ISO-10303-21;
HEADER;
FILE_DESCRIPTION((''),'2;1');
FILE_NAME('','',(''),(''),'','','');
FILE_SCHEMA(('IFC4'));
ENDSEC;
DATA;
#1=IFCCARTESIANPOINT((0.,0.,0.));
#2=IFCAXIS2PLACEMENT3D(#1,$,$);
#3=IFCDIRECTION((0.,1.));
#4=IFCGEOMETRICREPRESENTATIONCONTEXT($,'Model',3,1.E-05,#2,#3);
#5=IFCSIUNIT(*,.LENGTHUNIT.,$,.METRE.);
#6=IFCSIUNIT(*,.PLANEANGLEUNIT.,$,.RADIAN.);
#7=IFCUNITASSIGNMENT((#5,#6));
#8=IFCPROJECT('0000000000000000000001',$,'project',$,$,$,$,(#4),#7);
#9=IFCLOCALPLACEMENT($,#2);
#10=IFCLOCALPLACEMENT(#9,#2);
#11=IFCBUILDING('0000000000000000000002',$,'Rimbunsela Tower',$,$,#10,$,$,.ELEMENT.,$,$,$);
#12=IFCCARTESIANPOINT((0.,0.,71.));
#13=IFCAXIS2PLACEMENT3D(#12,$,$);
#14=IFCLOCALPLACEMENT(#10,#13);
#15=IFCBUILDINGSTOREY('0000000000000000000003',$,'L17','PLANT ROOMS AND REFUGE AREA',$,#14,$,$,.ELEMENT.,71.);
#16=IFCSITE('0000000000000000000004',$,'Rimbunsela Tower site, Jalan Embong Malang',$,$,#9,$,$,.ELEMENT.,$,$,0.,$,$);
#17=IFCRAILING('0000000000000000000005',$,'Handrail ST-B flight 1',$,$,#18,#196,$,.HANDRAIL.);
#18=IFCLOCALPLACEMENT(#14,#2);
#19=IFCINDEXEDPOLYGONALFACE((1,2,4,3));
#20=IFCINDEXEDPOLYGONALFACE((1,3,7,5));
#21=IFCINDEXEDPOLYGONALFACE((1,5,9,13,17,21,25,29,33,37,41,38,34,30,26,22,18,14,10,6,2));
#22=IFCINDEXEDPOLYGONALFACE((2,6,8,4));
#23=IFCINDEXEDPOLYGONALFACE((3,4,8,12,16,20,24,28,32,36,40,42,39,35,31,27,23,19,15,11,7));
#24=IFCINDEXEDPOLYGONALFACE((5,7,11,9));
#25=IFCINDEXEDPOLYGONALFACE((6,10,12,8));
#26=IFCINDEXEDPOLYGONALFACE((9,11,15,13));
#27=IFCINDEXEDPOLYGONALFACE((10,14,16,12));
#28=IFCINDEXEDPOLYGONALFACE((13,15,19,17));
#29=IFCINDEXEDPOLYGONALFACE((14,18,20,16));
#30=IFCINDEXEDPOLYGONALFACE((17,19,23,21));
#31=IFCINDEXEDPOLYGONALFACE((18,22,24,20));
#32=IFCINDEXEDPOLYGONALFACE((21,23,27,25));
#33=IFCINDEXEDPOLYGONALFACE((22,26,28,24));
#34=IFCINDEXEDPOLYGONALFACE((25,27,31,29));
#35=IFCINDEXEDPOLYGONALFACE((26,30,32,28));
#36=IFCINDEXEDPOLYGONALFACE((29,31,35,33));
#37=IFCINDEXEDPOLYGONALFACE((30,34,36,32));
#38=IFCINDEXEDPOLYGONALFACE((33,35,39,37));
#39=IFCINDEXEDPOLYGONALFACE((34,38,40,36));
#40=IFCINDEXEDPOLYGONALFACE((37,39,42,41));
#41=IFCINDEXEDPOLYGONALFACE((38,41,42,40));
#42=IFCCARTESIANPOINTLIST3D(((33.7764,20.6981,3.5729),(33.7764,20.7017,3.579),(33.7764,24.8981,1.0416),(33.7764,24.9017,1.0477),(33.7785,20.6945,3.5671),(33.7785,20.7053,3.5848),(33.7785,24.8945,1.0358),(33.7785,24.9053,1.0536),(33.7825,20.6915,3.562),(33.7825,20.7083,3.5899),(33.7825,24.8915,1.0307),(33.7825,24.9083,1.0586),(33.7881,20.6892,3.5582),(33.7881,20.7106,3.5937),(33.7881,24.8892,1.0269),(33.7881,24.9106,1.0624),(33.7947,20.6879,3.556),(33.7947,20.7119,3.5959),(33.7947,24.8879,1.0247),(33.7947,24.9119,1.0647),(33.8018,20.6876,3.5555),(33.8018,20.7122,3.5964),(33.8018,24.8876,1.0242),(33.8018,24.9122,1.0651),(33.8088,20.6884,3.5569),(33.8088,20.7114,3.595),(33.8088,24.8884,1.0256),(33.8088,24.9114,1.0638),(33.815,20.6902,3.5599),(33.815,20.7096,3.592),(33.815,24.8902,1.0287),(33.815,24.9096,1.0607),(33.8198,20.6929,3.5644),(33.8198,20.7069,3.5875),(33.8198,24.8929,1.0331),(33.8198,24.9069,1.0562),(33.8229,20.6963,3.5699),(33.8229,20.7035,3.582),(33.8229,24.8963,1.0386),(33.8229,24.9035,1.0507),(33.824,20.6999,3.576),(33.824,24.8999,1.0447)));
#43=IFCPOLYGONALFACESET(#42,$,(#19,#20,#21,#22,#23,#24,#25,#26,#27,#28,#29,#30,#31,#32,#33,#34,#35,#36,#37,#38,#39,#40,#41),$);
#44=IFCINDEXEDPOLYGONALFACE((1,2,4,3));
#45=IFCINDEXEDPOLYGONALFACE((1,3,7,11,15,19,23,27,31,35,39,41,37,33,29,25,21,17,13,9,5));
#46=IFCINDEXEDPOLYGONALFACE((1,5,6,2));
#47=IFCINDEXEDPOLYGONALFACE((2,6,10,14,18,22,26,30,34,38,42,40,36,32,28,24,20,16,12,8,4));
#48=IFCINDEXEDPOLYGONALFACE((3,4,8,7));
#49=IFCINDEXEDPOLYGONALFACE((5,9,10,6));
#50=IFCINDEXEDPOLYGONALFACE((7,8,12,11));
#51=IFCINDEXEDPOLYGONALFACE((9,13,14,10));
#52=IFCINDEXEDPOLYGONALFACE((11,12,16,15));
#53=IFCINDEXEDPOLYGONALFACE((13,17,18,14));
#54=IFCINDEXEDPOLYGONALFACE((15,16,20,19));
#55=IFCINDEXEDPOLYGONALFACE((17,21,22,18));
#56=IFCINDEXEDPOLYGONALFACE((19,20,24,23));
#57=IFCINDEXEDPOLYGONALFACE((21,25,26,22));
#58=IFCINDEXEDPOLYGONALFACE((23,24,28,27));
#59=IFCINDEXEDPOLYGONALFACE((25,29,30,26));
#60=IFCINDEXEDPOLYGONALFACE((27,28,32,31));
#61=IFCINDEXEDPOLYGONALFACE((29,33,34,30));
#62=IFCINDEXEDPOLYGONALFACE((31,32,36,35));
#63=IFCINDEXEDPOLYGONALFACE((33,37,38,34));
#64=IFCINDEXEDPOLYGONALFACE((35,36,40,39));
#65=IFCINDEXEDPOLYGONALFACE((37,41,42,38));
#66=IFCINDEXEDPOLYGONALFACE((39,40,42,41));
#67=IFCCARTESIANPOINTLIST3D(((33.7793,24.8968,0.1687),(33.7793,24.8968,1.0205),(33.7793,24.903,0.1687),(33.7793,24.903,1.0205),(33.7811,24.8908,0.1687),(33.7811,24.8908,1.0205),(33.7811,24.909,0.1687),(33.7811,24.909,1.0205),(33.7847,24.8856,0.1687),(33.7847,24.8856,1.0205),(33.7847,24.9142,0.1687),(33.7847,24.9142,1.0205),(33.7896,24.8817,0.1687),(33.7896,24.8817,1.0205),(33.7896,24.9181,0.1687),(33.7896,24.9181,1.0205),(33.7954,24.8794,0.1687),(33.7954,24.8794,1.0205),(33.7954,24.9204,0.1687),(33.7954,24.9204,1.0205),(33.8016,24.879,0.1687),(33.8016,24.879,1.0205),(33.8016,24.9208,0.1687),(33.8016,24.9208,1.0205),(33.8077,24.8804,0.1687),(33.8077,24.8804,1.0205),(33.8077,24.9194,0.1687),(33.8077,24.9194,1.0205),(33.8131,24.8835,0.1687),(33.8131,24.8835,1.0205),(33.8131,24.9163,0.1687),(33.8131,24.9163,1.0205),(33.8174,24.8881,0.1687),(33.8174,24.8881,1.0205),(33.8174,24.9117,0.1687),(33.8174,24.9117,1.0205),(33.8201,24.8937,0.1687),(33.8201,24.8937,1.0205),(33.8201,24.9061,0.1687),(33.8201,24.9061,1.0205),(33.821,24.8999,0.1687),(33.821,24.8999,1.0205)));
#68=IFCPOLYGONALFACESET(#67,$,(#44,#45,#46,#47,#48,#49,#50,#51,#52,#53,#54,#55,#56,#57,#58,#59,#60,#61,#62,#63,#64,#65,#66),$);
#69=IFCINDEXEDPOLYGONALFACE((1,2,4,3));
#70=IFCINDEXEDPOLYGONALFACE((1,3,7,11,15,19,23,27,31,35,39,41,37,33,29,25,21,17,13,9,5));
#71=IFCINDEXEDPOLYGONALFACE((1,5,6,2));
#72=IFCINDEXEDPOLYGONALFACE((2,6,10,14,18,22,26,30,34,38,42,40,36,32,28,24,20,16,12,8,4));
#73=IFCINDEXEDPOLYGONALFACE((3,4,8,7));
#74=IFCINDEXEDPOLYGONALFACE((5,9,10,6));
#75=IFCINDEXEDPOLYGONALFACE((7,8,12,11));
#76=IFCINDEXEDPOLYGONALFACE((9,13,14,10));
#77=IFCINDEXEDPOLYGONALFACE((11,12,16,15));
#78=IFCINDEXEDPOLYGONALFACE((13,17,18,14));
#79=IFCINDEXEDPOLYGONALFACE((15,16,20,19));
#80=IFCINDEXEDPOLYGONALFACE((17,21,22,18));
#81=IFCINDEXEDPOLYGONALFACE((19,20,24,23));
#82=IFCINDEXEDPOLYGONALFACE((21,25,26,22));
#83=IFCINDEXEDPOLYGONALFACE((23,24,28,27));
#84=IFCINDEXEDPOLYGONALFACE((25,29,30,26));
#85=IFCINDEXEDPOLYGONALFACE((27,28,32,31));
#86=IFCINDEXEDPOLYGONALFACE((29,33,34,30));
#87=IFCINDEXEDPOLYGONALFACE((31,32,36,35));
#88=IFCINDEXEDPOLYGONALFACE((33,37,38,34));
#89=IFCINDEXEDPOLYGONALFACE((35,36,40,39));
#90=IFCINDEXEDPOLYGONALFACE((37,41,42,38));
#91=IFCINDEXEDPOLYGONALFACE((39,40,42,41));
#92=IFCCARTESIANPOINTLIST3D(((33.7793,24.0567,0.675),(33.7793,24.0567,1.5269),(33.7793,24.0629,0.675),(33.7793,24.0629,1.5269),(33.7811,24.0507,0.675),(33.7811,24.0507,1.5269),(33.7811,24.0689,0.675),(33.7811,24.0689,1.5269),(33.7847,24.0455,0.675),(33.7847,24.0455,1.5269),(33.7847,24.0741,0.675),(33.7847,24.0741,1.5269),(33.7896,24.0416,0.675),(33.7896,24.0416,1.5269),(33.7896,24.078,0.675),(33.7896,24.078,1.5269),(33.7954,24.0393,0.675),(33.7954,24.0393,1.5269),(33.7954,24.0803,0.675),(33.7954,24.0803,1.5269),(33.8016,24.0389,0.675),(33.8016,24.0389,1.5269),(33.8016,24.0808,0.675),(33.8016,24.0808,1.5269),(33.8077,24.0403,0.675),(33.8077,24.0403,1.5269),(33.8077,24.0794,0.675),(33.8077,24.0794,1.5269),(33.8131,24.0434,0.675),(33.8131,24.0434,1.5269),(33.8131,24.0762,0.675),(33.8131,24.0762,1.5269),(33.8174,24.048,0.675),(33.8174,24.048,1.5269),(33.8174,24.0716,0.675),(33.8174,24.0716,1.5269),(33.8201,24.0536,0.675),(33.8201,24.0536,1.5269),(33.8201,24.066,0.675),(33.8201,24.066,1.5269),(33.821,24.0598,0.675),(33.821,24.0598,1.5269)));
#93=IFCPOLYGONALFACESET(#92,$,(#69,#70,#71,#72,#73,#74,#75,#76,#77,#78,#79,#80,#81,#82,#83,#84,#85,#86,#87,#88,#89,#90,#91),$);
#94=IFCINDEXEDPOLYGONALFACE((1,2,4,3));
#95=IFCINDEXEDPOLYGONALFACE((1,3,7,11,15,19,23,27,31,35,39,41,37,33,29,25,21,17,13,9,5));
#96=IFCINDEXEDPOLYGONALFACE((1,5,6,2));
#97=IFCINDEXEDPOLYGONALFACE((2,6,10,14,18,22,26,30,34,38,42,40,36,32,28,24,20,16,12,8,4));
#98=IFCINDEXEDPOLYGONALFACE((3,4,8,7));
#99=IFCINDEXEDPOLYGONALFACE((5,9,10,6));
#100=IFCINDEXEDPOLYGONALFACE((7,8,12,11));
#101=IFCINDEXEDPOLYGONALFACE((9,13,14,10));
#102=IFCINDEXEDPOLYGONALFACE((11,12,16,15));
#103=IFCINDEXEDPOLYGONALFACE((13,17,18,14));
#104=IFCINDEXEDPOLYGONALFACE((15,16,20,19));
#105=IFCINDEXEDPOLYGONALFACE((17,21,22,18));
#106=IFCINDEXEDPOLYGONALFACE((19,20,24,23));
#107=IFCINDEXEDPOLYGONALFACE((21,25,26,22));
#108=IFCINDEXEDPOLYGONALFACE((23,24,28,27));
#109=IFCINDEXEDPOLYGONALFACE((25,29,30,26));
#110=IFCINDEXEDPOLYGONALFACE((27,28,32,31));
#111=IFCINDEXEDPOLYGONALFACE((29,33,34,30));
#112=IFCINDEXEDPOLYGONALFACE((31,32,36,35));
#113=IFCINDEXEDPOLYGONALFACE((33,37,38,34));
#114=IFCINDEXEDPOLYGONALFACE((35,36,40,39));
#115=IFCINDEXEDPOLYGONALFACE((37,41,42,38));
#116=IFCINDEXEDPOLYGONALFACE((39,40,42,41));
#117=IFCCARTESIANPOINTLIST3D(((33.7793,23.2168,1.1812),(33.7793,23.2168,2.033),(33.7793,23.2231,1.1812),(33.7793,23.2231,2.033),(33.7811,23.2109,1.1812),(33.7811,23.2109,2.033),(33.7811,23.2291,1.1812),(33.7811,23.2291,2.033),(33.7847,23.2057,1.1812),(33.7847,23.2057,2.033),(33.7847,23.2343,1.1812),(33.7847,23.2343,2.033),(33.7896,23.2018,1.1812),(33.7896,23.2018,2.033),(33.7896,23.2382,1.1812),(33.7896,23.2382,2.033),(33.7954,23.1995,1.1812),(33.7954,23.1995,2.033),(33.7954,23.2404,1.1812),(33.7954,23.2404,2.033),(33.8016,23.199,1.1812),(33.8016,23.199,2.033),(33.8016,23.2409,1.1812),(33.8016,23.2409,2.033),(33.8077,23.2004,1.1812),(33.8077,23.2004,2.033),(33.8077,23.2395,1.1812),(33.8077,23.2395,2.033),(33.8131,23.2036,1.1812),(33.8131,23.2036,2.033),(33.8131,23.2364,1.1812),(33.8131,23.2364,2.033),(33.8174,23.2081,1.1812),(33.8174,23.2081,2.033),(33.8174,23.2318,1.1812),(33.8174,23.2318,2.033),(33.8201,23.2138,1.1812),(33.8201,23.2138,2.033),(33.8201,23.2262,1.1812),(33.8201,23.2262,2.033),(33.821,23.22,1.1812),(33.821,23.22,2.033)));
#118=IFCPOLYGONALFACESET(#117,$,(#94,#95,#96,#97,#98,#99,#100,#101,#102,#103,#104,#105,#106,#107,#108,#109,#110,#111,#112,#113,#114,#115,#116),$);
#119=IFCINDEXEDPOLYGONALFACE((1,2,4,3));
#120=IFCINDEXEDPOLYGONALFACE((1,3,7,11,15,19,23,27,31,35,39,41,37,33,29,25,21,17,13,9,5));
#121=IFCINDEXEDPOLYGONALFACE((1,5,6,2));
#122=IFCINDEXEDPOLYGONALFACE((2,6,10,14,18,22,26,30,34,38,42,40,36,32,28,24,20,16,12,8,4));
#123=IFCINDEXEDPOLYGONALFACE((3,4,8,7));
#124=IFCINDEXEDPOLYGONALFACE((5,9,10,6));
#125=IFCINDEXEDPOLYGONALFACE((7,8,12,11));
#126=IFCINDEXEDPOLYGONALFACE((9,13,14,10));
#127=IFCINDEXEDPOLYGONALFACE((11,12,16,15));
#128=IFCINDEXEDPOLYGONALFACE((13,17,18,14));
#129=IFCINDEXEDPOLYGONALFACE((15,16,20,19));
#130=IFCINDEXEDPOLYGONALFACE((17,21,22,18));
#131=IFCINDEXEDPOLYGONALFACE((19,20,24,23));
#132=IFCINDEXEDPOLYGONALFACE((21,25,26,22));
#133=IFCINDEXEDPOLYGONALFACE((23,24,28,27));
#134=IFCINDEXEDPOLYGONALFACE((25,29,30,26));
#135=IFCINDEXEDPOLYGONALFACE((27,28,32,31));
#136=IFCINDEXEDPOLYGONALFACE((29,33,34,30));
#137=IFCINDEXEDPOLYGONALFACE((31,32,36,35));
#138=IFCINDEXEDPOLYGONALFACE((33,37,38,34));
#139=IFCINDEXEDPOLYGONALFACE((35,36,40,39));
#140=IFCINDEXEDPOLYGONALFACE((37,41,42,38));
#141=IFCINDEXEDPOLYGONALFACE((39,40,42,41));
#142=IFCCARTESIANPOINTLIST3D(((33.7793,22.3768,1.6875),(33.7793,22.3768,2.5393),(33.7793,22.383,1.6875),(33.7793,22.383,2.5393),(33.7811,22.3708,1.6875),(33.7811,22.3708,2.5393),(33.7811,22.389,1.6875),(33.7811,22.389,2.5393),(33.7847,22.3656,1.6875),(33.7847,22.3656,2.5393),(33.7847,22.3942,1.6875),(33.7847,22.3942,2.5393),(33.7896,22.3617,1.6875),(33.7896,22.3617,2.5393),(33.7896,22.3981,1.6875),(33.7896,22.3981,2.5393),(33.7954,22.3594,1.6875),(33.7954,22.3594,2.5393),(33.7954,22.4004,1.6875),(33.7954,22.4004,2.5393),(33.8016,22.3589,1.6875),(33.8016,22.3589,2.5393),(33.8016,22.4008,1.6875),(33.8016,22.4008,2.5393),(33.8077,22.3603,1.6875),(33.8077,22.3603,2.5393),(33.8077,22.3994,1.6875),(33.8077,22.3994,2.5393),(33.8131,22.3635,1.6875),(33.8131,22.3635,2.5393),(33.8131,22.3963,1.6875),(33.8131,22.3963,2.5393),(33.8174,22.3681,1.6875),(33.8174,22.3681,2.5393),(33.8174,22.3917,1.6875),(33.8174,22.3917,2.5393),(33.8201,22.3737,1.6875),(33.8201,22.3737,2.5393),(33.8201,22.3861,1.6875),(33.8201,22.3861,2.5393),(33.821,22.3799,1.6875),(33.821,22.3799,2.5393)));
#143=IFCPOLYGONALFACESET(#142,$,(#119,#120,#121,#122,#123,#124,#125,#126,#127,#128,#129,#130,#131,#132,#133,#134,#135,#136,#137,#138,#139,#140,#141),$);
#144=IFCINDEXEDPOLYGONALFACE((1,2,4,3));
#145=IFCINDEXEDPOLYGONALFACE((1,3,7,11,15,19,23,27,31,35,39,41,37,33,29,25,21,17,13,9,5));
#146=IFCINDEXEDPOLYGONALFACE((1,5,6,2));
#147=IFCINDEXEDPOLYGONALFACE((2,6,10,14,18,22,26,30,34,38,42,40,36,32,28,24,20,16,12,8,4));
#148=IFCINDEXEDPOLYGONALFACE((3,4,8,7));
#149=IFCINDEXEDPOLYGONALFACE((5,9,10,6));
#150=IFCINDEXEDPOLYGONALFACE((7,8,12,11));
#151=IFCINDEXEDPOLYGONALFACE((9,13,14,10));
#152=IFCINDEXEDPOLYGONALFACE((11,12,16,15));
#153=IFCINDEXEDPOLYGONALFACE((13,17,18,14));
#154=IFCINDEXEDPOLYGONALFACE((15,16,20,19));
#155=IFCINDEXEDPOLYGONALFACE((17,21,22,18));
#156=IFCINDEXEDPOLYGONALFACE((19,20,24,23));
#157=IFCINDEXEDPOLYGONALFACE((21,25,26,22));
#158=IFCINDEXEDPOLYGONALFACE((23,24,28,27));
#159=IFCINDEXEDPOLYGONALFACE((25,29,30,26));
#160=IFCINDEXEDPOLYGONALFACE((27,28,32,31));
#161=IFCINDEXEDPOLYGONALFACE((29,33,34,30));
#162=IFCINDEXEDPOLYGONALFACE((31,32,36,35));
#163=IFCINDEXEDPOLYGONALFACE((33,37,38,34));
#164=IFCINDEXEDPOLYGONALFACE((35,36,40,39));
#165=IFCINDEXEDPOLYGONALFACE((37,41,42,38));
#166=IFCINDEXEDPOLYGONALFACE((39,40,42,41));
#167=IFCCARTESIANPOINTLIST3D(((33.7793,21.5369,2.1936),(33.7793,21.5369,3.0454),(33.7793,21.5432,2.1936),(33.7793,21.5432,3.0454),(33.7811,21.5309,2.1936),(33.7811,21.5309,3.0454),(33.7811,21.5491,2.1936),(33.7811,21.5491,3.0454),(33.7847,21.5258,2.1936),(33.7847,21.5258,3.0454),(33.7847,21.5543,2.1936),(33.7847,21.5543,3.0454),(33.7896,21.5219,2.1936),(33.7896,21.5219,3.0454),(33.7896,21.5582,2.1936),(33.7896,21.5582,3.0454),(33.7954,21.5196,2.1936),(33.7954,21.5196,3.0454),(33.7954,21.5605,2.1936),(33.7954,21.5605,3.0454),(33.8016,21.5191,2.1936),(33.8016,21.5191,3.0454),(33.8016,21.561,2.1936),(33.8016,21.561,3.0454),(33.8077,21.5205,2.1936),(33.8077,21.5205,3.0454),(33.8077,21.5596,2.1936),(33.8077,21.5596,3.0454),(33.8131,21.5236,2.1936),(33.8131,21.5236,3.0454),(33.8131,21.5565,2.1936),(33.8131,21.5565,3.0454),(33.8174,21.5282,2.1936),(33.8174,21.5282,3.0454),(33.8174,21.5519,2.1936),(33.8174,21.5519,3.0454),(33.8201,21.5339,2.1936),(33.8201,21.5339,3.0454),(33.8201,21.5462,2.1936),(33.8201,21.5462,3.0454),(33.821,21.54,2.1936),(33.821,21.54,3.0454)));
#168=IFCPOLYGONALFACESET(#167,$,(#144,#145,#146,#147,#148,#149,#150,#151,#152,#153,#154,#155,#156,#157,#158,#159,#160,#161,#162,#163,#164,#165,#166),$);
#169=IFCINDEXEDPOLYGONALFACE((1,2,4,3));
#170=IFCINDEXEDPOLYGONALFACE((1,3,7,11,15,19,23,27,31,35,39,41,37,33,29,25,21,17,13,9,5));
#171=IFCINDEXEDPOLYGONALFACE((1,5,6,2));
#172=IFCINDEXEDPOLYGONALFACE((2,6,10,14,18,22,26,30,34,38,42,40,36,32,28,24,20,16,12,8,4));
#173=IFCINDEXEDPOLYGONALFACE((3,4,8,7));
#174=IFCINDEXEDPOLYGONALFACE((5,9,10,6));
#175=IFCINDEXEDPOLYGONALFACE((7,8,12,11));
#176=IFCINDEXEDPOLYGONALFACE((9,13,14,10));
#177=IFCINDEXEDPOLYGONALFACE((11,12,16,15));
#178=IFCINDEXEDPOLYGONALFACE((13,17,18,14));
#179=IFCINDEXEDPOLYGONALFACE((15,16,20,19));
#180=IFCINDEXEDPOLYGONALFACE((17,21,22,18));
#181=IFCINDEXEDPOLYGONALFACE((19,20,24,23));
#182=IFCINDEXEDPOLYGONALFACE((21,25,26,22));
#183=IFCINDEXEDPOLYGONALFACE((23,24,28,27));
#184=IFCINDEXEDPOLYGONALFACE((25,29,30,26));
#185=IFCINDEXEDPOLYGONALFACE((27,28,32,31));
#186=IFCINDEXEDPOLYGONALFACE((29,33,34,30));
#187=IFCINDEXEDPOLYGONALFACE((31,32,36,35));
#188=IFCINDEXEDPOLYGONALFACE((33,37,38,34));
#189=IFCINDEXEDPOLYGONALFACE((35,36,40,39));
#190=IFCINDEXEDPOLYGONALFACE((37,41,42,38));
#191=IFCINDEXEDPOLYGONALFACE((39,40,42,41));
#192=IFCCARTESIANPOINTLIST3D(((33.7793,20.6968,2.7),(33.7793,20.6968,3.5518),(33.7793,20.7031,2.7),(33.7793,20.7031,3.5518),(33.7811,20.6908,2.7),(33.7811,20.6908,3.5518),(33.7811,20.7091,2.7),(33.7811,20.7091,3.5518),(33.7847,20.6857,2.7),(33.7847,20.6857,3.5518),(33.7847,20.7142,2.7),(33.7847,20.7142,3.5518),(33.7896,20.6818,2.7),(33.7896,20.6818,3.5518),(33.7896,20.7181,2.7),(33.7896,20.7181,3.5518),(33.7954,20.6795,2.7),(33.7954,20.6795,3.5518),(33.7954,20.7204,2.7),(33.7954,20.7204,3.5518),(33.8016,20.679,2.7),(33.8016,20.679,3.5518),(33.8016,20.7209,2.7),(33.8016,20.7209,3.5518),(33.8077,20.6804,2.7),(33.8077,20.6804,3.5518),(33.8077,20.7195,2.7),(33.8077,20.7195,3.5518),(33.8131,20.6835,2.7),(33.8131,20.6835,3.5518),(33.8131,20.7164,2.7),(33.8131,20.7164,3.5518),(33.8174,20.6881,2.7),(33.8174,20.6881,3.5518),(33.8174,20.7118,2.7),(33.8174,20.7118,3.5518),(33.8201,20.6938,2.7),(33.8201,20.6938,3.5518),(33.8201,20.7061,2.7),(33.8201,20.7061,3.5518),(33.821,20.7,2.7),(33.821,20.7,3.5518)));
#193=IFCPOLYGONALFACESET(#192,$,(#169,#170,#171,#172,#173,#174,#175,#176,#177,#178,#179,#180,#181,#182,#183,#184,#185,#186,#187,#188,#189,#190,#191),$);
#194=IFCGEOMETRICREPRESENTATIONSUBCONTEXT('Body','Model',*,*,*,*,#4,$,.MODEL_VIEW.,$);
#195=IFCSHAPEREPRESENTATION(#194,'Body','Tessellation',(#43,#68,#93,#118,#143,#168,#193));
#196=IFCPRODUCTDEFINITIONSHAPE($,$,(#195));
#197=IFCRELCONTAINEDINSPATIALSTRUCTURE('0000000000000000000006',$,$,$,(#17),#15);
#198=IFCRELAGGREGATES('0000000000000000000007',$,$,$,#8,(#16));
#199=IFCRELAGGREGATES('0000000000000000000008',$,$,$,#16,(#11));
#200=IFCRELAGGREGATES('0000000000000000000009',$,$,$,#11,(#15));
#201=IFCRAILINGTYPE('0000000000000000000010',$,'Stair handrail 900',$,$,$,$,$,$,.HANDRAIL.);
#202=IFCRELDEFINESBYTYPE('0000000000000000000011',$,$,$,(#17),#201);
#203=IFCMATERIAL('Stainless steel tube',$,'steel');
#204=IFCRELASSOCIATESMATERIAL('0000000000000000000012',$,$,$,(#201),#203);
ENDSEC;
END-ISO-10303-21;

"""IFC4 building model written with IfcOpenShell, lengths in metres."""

from ifc_helpers import new_model, si_unit, direction, frame, origin, origin_2d, place, context, subcontext, project, spatial, circle, extrude, material, type_object, element, save


model = new_model("IFC4")

# Units and contexts
model_context = context("Model", 3, precision=1e-05, world=origin(), true_north=direction((0.0, 1.0)))
body_context = subcontext(model_context, "Body", "Model", "MODEL_VIEW")
ifc_project = project(units=[si_unit("LENGTHUNIT", "METRE"), si_unit("PLANEANGLEUNIT", "RADIAN")], contexts=[model_context])

# Site, building, storey
site_placement = place(None, origin())
site = spatial("IfcSite", under=ifc_project, at=site_placement, Name="Rimbunsela Tower site, Jalan Embong Malang", CompositionType="ELEMENT", RefElevation=0.0)
building_placement = place(site_placement, origin())
building = spatial("IfcBuilding", under=site, at=building_placement, Name="Rimbunsela Tower", CompositionType="ELEMENT")
storey_placement = place(building_placement, frame((0.0, 0.0, 71.0)))
storey = spatial("IfcBuildingStorey", under=building, at=storey_placement, Name="L17", Description="PLANT ROOMS AND REFUGE AREA", CompositionType="ELEMENT", Elevation=71.0)

# Railing
ifc_material_1 = material(Name="Stainless steel tube", Category="steel")
railing_type = type_object("IfcRailingType", Name="Stair handrail 900", PredefinedType="HANDRAIL", material=ifc_material_1)
railing_1_placement = place(storey_placement, frame((33.8, 24.8999, 0.1687)))
element("IfcRailing", 1, at=railing_1_placement, inside=storey, type_object=railing_type, Name="Handrail ST-B flight 1", PredefinedType="HANDRAIL", context=body_context, shape_type="SweptSolid", body=[
    extrude(circle(Radius=0.0239, at=origin_2d()), frame((0.0, 0.0, 0.876), z_axis=(0.0, -0.856476, 0.516186), x_axis=(1.0, 0.0, 0.0)), (0.0, 0.0, 1.0), 4.9038),
    extrude(circle(Radius=0.021, at=origin_2d()), origin(), (0.0, 0.0, 1.0), 0.8518),
    extrude(circle(Radius=0.021, at=origin_2d()), frame((0.0, -0.8401, 0.5063)), (0.0, 0.0, 1.0), 0.8518),
    extrude(circle(Radius=0.021, at=origin_2d()), frame((0.0, -1.6799, 1.0125)), (0.0, 0.0, 1.0), 0.8518),
    extrude(circle(Radius=0.021, at=origin_2d()), frame((0.0, -2.52, 1.5188)), (0.0, 0.0, 1.0), 0.8518),
    extrude(circle(Radius=0.021, at=origin_2d()), frame((0.0, -3.3599, 2.0249)), (0.0, 0.0, 1.0), 0.8518),
    extrude(circle(Radius=0.021, at=origin_2d()), frame((0.0, -4.2, 2.5312)), (0.0, 0.0, 1.0), 0.8518),
])

save(model, "model.ifc")
